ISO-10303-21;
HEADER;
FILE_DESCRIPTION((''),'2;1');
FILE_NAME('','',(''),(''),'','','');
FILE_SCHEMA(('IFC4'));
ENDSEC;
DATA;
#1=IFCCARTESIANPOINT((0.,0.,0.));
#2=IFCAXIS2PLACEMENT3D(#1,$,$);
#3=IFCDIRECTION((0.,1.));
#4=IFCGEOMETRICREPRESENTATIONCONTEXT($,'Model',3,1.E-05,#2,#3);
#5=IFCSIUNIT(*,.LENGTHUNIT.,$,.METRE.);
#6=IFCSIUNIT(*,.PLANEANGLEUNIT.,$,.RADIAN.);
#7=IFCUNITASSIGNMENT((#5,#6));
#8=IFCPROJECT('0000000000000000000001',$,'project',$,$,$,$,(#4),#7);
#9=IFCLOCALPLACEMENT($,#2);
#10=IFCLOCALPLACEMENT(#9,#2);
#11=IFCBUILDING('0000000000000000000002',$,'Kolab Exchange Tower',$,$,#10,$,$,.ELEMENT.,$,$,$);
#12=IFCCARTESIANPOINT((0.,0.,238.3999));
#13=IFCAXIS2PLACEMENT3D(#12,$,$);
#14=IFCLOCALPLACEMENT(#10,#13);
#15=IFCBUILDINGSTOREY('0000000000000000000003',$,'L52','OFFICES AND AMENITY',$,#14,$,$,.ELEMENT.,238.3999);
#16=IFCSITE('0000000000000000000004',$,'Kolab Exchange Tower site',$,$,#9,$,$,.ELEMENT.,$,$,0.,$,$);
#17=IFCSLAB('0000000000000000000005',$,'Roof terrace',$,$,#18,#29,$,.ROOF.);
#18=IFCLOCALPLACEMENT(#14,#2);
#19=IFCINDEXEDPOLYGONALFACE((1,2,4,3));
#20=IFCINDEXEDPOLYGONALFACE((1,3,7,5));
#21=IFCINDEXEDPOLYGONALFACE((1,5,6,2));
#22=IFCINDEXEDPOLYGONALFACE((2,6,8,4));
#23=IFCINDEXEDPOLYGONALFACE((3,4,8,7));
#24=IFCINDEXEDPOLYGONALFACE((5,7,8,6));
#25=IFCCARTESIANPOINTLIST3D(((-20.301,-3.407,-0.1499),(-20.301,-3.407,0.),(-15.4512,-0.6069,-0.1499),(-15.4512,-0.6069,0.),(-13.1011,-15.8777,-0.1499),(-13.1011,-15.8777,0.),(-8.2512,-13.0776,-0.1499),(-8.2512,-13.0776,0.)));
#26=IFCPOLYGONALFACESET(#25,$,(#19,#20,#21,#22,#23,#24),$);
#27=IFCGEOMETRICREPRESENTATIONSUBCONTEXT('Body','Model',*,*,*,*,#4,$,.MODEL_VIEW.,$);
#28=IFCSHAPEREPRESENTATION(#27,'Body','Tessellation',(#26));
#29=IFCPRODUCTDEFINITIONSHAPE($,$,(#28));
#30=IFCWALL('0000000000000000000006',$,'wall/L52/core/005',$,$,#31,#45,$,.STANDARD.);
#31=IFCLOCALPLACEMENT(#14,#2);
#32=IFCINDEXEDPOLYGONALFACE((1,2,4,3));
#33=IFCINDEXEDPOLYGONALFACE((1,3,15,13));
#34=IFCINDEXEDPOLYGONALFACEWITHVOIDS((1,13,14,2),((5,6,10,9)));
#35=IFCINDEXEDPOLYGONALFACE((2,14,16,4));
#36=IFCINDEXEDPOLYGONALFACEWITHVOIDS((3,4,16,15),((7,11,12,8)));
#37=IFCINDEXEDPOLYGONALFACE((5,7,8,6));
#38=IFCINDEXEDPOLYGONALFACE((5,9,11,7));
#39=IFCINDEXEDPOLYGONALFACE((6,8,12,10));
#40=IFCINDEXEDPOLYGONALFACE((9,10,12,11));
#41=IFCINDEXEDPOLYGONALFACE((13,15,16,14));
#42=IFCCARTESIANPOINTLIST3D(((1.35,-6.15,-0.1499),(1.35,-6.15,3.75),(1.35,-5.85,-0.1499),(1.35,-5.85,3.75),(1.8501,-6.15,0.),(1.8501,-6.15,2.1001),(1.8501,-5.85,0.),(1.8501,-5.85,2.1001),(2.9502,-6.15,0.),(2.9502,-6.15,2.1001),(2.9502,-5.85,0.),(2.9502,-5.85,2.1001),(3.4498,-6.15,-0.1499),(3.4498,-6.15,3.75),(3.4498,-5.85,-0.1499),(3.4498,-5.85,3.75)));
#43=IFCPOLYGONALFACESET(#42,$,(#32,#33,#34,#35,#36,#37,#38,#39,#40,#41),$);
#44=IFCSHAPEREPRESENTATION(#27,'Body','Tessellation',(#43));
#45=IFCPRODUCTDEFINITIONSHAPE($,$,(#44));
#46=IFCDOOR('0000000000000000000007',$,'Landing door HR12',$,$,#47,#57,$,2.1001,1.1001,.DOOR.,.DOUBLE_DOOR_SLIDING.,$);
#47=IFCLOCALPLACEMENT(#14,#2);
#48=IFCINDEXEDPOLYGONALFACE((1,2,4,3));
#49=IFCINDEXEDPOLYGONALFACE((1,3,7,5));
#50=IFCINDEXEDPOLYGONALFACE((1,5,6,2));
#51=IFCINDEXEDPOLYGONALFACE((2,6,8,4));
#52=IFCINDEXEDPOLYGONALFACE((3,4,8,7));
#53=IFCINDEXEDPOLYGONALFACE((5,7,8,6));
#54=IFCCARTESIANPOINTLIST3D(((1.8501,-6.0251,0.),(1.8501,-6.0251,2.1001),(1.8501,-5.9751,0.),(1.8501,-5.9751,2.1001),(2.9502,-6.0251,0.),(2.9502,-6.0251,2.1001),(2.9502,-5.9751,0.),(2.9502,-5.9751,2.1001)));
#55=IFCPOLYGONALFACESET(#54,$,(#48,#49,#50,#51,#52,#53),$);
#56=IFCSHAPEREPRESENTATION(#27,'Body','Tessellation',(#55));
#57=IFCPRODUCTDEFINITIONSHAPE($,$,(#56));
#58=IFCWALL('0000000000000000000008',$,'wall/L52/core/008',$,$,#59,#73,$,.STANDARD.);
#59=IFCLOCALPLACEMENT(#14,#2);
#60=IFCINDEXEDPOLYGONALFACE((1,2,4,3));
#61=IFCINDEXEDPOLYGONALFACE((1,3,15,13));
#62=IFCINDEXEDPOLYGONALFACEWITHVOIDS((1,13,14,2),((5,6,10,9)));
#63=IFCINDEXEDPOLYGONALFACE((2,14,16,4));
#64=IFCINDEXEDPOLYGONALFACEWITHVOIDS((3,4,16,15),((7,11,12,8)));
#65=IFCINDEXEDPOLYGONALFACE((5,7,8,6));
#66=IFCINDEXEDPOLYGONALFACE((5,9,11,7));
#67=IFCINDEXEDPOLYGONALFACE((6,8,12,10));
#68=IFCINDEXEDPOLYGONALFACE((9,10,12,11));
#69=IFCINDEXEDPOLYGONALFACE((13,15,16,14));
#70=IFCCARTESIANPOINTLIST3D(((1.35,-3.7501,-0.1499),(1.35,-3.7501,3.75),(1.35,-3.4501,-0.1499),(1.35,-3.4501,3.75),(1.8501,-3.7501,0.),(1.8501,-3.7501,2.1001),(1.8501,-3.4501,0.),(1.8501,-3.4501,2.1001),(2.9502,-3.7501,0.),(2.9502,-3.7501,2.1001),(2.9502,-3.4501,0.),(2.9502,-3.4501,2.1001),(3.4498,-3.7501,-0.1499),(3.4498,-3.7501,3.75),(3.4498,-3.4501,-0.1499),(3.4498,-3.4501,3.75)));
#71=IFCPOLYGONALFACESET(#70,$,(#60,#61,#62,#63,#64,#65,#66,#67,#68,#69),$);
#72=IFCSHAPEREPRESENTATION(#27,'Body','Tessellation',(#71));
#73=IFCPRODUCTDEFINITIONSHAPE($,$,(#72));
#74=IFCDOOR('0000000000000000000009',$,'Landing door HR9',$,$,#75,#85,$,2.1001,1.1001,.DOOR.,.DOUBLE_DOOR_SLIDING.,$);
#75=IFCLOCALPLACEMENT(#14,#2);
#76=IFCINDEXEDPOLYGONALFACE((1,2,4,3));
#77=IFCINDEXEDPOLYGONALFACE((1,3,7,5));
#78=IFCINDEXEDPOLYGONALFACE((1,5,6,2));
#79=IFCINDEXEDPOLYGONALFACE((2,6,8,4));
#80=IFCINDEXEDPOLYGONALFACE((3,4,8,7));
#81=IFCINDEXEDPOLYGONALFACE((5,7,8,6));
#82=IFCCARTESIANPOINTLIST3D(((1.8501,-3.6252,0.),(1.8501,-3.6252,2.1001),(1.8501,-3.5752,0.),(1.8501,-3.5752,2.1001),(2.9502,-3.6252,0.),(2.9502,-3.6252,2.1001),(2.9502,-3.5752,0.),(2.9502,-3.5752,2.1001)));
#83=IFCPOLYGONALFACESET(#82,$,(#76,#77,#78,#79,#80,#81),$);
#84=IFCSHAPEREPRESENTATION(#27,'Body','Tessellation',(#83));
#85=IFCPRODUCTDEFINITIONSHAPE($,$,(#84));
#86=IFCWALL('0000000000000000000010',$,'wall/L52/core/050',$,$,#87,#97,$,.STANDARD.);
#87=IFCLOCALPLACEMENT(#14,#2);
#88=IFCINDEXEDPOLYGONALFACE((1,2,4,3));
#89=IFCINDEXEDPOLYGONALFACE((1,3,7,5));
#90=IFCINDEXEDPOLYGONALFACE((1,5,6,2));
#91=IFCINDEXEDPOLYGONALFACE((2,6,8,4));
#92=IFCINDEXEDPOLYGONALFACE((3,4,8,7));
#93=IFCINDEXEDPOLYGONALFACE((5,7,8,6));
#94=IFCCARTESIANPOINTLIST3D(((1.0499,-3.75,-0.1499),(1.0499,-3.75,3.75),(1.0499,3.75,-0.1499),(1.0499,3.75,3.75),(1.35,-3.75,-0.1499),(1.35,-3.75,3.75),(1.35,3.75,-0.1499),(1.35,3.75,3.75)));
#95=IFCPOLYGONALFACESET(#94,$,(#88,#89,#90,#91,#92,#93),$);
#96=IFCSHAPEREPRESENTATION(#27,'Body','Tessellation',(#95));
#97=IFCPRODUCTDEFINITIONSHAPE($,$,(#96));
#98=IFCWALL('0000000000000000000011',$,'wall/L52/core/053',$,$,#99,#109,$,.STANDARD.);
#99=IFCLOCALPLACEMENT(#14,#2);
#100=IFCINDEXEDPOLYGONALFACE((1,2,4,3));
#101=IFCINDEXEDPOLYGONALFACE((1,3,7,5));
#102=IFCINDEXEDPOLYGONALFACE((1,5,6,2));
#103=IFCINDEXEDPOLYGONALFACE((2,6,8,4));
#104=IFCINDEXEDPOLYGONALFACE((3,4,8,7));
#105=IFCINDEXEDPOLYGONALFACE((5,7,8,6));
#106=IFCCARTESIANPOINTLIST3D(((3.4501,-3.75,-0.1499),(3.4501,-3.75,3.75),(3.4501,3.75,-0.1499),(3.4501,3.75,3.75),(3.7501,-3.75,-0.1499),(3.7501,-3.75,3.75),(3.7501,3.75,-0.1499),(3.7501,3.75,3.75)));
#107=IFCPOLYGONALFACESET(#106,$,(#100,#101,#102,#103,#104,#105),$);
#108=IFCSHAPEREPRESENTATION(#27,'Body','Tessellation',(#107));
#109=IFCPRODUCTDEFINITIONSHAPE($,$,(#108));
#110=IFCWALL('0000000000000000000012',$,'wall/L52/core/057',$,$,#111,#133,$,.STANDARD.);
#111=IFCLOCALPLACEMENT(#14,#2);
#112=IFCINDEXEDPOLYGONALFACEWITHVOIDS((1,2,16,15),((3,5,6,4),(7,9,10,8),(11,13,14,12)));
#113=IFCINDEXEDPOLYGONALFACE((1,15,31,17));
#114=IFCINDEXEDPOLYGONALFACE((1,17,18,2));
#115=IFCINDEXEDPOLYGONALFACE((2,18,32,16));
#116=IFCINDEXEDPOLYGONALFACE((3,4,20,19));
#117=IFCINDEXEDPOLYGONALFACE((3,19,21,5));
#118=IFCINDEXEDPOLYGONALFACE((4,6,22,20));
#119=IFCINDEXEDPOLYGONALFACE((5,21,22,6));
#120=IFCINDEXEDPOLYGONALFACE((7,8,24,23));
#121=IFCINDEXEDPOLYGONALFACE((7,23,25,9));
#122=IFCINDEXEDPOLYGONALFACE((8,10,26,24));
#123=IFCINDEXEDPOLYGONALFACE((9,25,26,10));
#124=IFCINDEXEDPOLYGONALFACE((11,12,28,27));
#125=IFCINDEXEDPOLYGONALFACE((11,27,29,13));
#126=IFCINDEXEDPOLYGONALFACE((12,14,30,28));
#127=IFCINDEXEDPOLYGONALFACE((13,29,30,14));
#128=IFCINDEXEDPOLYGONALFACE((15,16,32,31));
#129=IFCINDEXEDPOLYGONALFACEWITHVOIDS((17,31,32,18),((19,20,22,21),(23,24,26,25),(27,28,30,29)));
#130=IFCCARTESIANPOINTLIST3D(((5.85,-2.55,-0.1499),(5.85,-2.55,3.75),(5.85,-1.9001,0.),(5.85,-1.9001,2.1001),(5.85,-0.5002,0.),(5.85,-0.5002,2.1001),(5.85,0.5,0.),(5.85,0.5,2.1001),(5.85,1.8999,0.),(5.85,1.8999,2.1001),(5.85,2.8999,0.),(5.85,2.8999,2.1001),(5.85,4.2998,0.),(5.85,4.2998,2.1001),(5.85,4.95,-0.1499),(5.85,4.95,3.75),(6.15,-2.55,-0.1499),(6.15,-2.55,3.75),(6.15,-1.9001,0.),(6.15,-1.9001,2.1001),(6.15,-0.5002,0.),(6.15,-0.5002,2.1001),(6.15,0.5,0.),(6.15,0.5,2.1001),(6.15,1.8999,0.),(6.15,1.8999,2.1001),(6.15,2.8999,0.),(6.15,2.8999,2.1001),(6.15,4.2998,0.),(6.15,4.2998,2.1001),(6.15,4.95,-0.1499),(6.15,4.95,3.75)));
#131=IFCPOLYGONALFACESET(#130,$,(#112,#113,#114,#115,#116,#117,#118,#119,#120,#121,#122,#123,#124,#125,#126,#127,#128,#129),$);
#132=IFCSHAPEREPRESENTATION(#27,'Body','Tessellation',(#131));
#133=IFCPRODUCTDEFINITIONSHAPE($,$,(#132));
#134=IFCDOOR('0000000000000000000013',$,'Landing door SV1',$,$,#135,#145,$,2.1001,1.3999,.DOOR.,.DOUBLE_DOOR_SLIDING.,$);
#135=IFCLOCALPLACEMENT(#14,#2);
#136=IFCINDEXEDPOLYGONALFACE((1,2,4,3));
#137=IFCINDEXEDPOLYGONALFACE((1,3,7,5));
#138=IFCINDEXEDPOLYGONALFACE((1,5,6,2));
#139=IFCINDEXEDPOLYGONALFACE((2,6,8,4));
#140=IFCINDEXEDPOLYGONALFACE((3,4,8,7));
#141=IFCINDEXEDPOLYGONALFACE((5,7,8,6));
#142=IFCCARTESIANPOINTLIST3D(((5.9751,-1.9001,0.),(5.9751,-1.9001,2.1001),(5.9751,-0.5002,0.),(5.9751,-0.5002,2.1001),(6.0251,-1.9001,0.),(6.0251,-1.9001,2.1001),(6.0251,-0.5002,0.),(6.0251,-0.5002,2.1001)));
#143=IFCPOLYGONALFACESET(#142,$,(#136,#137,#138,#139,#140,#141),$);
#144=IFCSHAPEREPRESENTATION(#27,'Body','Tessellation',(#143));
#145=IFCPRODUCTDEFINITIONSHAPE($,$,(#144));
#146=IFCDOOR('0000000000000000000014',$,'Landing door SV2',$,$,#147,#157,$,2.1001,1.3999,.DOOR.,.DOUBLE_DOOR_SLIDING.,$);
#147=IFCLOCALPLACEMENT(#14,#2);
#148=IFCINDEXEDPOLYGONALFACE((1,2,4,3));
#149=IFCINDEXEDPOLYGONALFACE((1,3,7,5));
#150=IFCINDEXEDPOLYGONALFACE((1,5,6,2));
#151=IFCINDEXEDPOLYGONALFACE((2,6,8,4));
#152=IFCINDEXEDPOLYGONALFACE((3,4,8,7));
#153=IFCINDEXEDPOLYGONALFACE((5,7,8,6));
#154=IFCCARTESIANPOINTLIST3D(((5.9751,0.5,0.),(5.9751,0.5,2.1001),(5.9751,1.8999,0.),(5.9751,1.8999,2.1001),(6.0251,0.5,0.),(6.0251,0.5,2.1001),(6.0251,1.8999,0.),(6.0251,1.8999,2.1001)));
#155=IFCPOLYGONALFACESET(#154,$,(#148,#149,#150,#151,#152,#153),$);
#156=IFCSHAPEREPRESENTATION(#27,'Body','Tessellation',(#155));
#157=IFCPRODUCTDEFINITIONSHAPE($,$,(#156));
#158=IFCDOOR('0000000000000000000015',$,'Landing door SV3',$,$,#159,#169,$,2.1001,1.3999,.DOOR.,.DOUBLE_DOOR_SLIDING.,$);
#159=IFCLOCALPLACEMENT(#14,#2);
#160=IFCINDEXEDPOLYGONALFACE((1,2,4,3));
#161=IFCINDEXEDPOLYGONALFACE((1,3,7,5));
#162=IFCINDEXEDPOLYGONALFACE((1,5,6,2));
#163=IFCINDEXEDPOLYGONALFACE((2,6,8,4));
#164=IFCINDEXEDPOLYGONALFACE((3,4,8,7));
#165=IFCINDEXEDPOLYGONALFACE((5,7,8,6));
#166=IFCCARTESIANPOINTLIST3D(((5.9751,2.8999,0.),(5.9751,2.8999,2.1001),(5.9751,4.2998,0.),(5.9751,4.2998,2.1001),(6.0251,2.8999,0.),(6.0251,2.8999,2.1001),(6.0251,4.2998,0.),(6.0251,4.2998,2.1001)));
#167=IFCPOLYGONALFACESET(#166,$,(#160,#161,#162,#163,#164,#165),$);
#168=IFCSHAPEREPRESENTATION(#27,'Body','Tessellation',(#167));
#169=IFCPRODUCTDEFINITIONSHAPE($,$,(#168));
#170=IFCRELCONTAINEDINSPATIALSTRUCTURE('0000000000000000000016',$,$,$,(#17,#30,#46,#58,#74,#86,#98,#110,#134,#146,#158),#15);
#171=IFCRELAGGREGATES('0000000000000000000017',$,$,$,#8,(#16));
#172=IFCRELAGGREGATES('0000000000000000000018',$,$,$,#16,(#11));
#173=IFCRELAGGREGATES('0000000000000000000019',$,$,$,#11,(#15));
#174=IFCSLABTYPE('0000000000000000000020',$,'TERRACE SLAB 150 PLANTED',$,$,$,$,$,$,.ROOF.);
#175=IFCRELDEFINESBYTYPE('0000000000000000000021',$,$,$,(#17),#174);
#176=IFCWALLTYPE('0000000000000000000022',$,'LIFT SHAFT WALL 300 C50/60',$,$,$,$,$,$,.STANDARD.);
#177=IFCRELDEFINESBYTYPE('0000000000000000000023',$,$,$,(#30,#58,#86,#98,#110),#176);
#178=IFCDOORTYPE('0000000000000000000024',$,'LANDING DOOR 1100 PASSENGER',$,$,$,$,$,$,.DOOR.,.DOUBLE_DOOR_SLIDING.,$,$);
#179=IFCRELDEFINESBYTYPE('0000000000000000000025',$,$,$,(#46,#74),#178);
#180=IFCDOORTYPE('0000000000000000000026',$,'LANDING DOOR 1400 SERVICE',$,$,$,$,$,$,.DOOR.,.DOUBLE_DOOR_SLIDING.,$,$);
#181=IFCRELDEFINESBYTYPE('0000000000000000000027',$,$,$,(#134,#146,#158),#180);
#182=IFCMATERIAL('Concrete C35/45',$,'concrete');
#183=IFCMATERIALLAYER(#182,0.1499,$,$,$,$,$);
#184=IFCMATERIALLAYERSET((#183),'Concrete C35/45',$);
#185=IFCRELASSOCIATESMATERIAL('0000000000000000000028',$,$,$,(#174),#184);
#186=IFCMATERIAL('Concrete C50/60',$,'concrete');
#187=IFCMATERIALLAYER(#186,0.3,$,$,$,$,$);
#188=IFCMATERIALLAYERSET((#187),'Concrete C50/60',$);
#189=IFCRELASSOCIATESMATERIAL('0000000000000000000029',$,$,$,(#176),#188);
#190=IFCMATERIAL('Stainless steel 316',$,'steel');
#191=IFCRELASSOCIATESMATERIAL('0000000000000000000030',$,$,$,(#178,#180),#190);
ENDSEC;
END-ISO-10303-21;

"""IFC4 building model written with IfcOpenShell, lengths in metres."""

from ifc_helpers import new_model, si_unit, direction, frame, frame_2d, origin, place, context, subcontext, project, spatial, polyline, rectangle, outline, extrude, material, layer, layer_set, type_object, element, fill, save


model = new_model("IFC4")

# Units and contexts
model_context = context("Model", 3, precision=1e-05, world=origin(), true_north=direction((0.0, 1.0)))
body_context = subcontext(model_context, "Body", "Model", "MODEL_VIEW")
ifc_project = project(units=[si_unit("LENGTHUNIT", "METRE"), si_unit("PLANEANGLEUNIT", "RADIAN")], contexts=[model_context])

# Site, building, storey
site_placement = place(None, origin())
site = spatial("IfcSite", under=ifc_project, at=site_placement, Name="Kolab Exchange Tower site", CompositionType="ELEMENT", RefElevation=0.0)
building_placement = place(site_placement, origin())
building = spatial("IfcBuilding", under=site, at=building_placement, Name="Kolab Exchange Tower", CompositionType="ELEMENT")
storey_placement = place(building_placement, frame((0.0, 0.0, 238.3999)))
storey = spatial("IfcBuildingStorey", under=building, at=storey_placement, Name="L52", Description="OFFICES AND AMENITY", CompositionType="ELEMENT", Elevation=238.3999)

# Slab
ifc_material_1 = material(Name="Concrete C35/45", Category="concrete")
ifc_layer_1 = layer(ifc_material_1, 0.1499)
ifc_layer_set_1 = layer_set([ifc_layer_1], Name="Concrete C35/45")
slab_type = type_object("IfcSlabType", Name="TERRACE SLAB 150 PLANTED", PredefinedType="ROOF", material=ifc_layer_set_1)
slab_placement = place(storey_placement, frame((0.0, 0.0, -0.1499)))
element("IfcSlab", 1, at=slab_placement, inside=storey, type_object=slab_type, Name="Roof terrace", PredefinedType="ROOF", context=body_context, shape_type="SweptSolid", body=[
    extrude(outline(polyline([(-13.1011, -15.8777), (-8.2512, -13.0776), (-15.4512, -0.6069), (-20.301, -3.407), (-13.1011, -15.8777)])), origin(), (0.0, 0.0, 1.0), 0.1499),
])

# Walls, openings, doors
ifc_material_2 = material(Name="Concrete C50/60", Category="concrete")
ifc_layer_2 = layer(ifc_material_2, 0.3)
ifc_layer_set_2 = layer_set([ifc_layer_2], Name="Concrete C50/60")
wall_type_1 = type_object("IfcWallType", Name="LIFT SHAFT WALL 300 C50/60", PredefinedType="STANDARD", material=ifc_layer_set_2)
wall_1_placement = place(storey_placement, frame((1.3501, -6.0, -0.1499), z_axis=(0.0, 0.0, 1.0), x_axis=(1.0, 0.0, 0.0)))
wall_1 = element("IfcWall", 2, at=wall_1_placement, inside=storey, type_object=wall_type_1, Name="wall/L52/core/005", PredefinedType="STANDARD", context=body_context, shape_type="SweptSolid", body=[
    extrude(rectangle(XDim=2.0999, YDim=0.3, at=frame_2d((1.0498, 0.0))), origin(), (0.0, 0.0, 1.0), 3.8999),
])
opening_1_placement = place(wall_1_placement, frame((0.5, 0.0, 0.1499)))
opening_1 = element("IfcOpeningElement", 3, at=opening_1_placement, cuts=wall_1, PredefinedType="OPENING", context=body_context, shape_type="SweptSolid", body=[
    extrude(rectangle(XDim=1.1001, YDim=2.1001, at=frame_2d((0.55, 1.05))), frame((0.0, 0.1602, 0.0), z_axis=(0.0, -1.0, 0.0), x_axis=(1.0, 0.0, 0.0)), (0.0, 0.0, 1.0), 0.3201),
])
ifc_material_3 = material(Name="Stainless steel 316", Category="steel")
door_type_1 = type_object("IfcDoorType", Name="LANDING DOOR 1100 PASSENGER", OperationType="DOUBLE_DOOR_SLIDING", PredefinedType="DOOR", material=ifc_material_3)
door_1_placement = place(opening_1_placement, origin())
door_1 = element("IfcDoor", 4, at=door_1_placement, inside=storey, type_object=door_type_1, Name="Landing door HR12", OperationType="DOUBLE_DOOR_SLIDING", OverallHeight=2.1001, OverallWidth=1.1001, PredefinedType="DOOR", context=body_context, shape_type="SweptSolid", body=[
    extrude(rectangle(XDim=1.1001, YDim=2.1001, at=frame_2d((0.55, 1.05))), frame((0.0, 0.0249, 0.0), z_axis=(0.0, -1.0, 0.0), x_axis=(1.0, 0.0, 0.0)), (0.0, 0.0, 1.0), 0.05),
])
fill(opening_1, door_1)
wall_2_placement = place(storey_placement, frame((1.3501, -3.6001, -0.1499), z_axis=(0.0, 0.0, 1.0), x_axis=(1.0, 0.0, 0.0)))
wall_2 = element("IfcWall", 5, at=wall_2_placement, inside=storey, type_object=wall_type_1, Name="wall/L52/core/008", PredefinedType="STANDARD", context=body_context, shape_type="SweptSolid", body=[
    extrude(rectangle(XDim=2.0999, YDim=0.3, at=frame_2d((1.0498, 0.0))), origin(), (0.0, 0.0, 1.0), 3.8999),
])
opening_2_placement = place(wall_2_placement, frame((0.5, 0.0, 0.1499)))
opening_2 = element("IfcOpeningElement", 6, at=opening_2_placement, cuts=wall_2, PredefinedType="OPENING", context=body_context, shape_type="SweptSolid", body=[
    extrude(rectangle(XDim=1.1001, YDim=2.1001, at=frame_2d((0.55, 1.05))), frame((0.0, 0.1602, 0.0), z_axis=(0.0, -1.0, 0.0), x_axis=(1.0, 0.0, 0.0)), (0.0, 0.0, 1.0), 0.3201),
])
door_2_placement = place(opening_2_placement, origin())
door_2 = element("IfcDoor", 7, at=door_2_placement, inside=storey, type_object=door_type_1, Name="Landing door HR9", OperationType="DOUBLE_DOOR_SLIDING", OverallHeight=2.1001, OverallWidth=1.1001, PredefinedType="DOOR", context=body_context, shape_type="SweptSolid", body=[
    extrude(rectangle(XDim=1.1001, YDim=2.1001, at=frame_2d((0.55, 1.05))), frame((0.0, 0.0249, 0.0), z_axis=(0.0, -1.0, 0.0), x_axis=(1.0, 0.0, 0.0)), (0.0, 0.0, 1.0), 0.05),
])
fill(opening_2, door_2)

# Walls
for number, where, z_axis, x_axis, name in (
    (8, (1.2, -3.75, -0.1499), (0.0, 0.0, 1.0), (0.0, 1.0, 0.0), "wall/L52/core/050"),
    (9, (3.6001, -3.75, -0.1499), (0.0, 0.0, 1.0), (0.0, 1.0, 0.0), "wall/L52/core/053"),
):
    element("IfcWall", number, at=place(storey_placement, frame(where, z_axis=z_axis, x_axis=x_axis)), inside=storey, type_object=wall_type_1, Name=name, PredefinedType="STANDARD", context=body_context, shape_type="SweptSolid", body=[
        extrude(rectangle(XDim=7.5, YDim=0.3, at=frame_2d((3.75, 0.0))), origin(), (0.0, 0.0, 1.0), 3.8999),
    ])

# Wall, openings, doors
wall_3_placement = place(storey_placement, frame((6.0, -2.55, -0.1499), z_axis=(0.0, 0.0, 1.0), x_axis=(0.0, 1.0, 0.0)))
wall_3 = element("IfcWall", 10, at=wall_3_placement, inside=storey, type_object=wall_type_1, Name="wall/L52/core/057", PredefinedType="STANDARD", context=body_context, shape_type="SweptSolid", body=[
    extrude(rectangle(XDim=7.5, YDim=0.3, at=frame_2d((3.75, 0.0))), origin(), (0.0, 0.0, 1.0), 3.8999),
])
opening_3_placement = place(wall_3_placement, frame((0.6499, 0.0, 0.1499)))
opening_3 = element("IfcOpeningElement", 11, at=opening_3_placement, cuts=wall_3, PredefinedType="OPENING", context=body_context, shape_type="SweptSolid", body=[
    extrude(rectangle(XDim=1.3999, YDim=2.1001, at=frame_2d((0.7, 1.05))), frame((0.0, 0.1602, 0.0), z_axis=(0.0, -1.0, 0.0), x_axis=(1.0, 0.0, 0.0)), (0.0, 0.0, 1.0), 0.3201),
])
opening_4_placement = place(wall_3_placement, frame((3.05, 0.0, 0.1499)))
opening_4 = element("IfcOpeningElement", 12, at=opening_4_placement, cuts=wall_3, PredefinedType="OPENING", context=body_context, shape_type="SweptSolid", body=[
    extrude(rectangle(XDim=1.3999, YDim=2.1001, at=frame_2d((0.7, 1.05))), frame((0.0, 0.1602, 0.0), z_axis=(0.0, -1.0, 0.0), x_axis=(1.0, 0.0, 0.0)), (0.0, 0.0, 1.0), 0.3201),
])
opening_5_placement = place(wall_3_placement, frame((5.45, 0.0, 0.1499)))
opening_5 = element("IfcOpeningElement", 13, at=opening_5_placement, cuts=wall_3, PredefinedType="OPENING", context=body_context, shape_type="SweptSolid", body=[
    extrude(rectangle(XDim=1.3999, YDim=2.1001, at=frame_2d((0.7, 1.05))), frame((0.0, 0.1602, 0.0), z_axis=(0.0, -1.0, 0.0), x_axis=(1.0, 0.0, 0.0)), (0.0, 0.0, 1.0), 0.3201),
])
door_type_2 = type_object("IfcDoorType", Name="LANDING DOOR 1400 SERVICE", OperationType="DOUBLE_DOOR_SLIDING", PredefinedType="DOOR", material=ifc_material_3)
door_3_placement = place(opening_3_placement, origin())
door_3 = element("IfcDoor", 14, at=door_3_placement, inside=storey, type_object=door_type_2, Name="Landing door SV1", OperationType="DOUBLE_DOOR_SLIDING", OverallHeight=2.1001, OverallWidth=1.3999, PredefinedType="DOOR", context=body_context, shape_type="SweptSolid", body=[
    extrude(rectangle(XDim=1.3999, YDim=2.1001, at=frame_2d((0.7, 1.05))), frame((0.0, 0.0249, 0.0), z_axis=(0.0, -1.0, 0.0), x_axis=(1.0, 0.0, 0.0)), (0.0, 0.0, 1.0), 0.05),
])
fill(opening_3, door_3)
door_4_placement = place(opening_4_placement, origin())
door_4 = element("IfcDoor", 15, at=door_4_placement, inside=storey, type_object=door_type_2, Name="Landing door SV2", OperationType="DOUBLE_DOOR_SLIDING", OverallHeight=2.1001, OverallWidth=1.3999, PredefinedType="DOOR", context=body_context, shape_type="SweptSolid", body=[
    extrude(rectangle(XDim=1.3999, YDim=2.1001, at=frame_2d((0.7, 1.05))), frame((0.0, 0.0249, 0.0), z_axis=(0.0, -1.0, 0.0), x_axis=(1.0, 0.0, 0.0)), (0.0, 0.0, 1.0), 0.05),
])
fill(opening_4, door_4)
door_5_placement = place(opening_5_placement, origin())
door_5 = element("IfcDoor", 16, at=door_5_placement, inside=storey, type_object=door_type_2, Name="Landing door SV3", OperationType="DOUBLE_DOOR_SLIDING", OverallHeight=2.1001, OverallWidth=1.3999, PredefinedType="DOOR", context=body_context, shape_type="SweptSolid", body=[
    extrude(rectangle(XDim=1.3999, YDim=2.1001, at=frame_2d((0.7, 1.05))), frame((0.0, 0.0249, 0.0), z_axis=(0.0, -1.0, 0.0), x_axis=(1.0, 0.0, 0.0)), (0.0, 0.0, 1.0), 0.05),
])
fill(opening_5, door_5)

save(model, "model.ifc")
